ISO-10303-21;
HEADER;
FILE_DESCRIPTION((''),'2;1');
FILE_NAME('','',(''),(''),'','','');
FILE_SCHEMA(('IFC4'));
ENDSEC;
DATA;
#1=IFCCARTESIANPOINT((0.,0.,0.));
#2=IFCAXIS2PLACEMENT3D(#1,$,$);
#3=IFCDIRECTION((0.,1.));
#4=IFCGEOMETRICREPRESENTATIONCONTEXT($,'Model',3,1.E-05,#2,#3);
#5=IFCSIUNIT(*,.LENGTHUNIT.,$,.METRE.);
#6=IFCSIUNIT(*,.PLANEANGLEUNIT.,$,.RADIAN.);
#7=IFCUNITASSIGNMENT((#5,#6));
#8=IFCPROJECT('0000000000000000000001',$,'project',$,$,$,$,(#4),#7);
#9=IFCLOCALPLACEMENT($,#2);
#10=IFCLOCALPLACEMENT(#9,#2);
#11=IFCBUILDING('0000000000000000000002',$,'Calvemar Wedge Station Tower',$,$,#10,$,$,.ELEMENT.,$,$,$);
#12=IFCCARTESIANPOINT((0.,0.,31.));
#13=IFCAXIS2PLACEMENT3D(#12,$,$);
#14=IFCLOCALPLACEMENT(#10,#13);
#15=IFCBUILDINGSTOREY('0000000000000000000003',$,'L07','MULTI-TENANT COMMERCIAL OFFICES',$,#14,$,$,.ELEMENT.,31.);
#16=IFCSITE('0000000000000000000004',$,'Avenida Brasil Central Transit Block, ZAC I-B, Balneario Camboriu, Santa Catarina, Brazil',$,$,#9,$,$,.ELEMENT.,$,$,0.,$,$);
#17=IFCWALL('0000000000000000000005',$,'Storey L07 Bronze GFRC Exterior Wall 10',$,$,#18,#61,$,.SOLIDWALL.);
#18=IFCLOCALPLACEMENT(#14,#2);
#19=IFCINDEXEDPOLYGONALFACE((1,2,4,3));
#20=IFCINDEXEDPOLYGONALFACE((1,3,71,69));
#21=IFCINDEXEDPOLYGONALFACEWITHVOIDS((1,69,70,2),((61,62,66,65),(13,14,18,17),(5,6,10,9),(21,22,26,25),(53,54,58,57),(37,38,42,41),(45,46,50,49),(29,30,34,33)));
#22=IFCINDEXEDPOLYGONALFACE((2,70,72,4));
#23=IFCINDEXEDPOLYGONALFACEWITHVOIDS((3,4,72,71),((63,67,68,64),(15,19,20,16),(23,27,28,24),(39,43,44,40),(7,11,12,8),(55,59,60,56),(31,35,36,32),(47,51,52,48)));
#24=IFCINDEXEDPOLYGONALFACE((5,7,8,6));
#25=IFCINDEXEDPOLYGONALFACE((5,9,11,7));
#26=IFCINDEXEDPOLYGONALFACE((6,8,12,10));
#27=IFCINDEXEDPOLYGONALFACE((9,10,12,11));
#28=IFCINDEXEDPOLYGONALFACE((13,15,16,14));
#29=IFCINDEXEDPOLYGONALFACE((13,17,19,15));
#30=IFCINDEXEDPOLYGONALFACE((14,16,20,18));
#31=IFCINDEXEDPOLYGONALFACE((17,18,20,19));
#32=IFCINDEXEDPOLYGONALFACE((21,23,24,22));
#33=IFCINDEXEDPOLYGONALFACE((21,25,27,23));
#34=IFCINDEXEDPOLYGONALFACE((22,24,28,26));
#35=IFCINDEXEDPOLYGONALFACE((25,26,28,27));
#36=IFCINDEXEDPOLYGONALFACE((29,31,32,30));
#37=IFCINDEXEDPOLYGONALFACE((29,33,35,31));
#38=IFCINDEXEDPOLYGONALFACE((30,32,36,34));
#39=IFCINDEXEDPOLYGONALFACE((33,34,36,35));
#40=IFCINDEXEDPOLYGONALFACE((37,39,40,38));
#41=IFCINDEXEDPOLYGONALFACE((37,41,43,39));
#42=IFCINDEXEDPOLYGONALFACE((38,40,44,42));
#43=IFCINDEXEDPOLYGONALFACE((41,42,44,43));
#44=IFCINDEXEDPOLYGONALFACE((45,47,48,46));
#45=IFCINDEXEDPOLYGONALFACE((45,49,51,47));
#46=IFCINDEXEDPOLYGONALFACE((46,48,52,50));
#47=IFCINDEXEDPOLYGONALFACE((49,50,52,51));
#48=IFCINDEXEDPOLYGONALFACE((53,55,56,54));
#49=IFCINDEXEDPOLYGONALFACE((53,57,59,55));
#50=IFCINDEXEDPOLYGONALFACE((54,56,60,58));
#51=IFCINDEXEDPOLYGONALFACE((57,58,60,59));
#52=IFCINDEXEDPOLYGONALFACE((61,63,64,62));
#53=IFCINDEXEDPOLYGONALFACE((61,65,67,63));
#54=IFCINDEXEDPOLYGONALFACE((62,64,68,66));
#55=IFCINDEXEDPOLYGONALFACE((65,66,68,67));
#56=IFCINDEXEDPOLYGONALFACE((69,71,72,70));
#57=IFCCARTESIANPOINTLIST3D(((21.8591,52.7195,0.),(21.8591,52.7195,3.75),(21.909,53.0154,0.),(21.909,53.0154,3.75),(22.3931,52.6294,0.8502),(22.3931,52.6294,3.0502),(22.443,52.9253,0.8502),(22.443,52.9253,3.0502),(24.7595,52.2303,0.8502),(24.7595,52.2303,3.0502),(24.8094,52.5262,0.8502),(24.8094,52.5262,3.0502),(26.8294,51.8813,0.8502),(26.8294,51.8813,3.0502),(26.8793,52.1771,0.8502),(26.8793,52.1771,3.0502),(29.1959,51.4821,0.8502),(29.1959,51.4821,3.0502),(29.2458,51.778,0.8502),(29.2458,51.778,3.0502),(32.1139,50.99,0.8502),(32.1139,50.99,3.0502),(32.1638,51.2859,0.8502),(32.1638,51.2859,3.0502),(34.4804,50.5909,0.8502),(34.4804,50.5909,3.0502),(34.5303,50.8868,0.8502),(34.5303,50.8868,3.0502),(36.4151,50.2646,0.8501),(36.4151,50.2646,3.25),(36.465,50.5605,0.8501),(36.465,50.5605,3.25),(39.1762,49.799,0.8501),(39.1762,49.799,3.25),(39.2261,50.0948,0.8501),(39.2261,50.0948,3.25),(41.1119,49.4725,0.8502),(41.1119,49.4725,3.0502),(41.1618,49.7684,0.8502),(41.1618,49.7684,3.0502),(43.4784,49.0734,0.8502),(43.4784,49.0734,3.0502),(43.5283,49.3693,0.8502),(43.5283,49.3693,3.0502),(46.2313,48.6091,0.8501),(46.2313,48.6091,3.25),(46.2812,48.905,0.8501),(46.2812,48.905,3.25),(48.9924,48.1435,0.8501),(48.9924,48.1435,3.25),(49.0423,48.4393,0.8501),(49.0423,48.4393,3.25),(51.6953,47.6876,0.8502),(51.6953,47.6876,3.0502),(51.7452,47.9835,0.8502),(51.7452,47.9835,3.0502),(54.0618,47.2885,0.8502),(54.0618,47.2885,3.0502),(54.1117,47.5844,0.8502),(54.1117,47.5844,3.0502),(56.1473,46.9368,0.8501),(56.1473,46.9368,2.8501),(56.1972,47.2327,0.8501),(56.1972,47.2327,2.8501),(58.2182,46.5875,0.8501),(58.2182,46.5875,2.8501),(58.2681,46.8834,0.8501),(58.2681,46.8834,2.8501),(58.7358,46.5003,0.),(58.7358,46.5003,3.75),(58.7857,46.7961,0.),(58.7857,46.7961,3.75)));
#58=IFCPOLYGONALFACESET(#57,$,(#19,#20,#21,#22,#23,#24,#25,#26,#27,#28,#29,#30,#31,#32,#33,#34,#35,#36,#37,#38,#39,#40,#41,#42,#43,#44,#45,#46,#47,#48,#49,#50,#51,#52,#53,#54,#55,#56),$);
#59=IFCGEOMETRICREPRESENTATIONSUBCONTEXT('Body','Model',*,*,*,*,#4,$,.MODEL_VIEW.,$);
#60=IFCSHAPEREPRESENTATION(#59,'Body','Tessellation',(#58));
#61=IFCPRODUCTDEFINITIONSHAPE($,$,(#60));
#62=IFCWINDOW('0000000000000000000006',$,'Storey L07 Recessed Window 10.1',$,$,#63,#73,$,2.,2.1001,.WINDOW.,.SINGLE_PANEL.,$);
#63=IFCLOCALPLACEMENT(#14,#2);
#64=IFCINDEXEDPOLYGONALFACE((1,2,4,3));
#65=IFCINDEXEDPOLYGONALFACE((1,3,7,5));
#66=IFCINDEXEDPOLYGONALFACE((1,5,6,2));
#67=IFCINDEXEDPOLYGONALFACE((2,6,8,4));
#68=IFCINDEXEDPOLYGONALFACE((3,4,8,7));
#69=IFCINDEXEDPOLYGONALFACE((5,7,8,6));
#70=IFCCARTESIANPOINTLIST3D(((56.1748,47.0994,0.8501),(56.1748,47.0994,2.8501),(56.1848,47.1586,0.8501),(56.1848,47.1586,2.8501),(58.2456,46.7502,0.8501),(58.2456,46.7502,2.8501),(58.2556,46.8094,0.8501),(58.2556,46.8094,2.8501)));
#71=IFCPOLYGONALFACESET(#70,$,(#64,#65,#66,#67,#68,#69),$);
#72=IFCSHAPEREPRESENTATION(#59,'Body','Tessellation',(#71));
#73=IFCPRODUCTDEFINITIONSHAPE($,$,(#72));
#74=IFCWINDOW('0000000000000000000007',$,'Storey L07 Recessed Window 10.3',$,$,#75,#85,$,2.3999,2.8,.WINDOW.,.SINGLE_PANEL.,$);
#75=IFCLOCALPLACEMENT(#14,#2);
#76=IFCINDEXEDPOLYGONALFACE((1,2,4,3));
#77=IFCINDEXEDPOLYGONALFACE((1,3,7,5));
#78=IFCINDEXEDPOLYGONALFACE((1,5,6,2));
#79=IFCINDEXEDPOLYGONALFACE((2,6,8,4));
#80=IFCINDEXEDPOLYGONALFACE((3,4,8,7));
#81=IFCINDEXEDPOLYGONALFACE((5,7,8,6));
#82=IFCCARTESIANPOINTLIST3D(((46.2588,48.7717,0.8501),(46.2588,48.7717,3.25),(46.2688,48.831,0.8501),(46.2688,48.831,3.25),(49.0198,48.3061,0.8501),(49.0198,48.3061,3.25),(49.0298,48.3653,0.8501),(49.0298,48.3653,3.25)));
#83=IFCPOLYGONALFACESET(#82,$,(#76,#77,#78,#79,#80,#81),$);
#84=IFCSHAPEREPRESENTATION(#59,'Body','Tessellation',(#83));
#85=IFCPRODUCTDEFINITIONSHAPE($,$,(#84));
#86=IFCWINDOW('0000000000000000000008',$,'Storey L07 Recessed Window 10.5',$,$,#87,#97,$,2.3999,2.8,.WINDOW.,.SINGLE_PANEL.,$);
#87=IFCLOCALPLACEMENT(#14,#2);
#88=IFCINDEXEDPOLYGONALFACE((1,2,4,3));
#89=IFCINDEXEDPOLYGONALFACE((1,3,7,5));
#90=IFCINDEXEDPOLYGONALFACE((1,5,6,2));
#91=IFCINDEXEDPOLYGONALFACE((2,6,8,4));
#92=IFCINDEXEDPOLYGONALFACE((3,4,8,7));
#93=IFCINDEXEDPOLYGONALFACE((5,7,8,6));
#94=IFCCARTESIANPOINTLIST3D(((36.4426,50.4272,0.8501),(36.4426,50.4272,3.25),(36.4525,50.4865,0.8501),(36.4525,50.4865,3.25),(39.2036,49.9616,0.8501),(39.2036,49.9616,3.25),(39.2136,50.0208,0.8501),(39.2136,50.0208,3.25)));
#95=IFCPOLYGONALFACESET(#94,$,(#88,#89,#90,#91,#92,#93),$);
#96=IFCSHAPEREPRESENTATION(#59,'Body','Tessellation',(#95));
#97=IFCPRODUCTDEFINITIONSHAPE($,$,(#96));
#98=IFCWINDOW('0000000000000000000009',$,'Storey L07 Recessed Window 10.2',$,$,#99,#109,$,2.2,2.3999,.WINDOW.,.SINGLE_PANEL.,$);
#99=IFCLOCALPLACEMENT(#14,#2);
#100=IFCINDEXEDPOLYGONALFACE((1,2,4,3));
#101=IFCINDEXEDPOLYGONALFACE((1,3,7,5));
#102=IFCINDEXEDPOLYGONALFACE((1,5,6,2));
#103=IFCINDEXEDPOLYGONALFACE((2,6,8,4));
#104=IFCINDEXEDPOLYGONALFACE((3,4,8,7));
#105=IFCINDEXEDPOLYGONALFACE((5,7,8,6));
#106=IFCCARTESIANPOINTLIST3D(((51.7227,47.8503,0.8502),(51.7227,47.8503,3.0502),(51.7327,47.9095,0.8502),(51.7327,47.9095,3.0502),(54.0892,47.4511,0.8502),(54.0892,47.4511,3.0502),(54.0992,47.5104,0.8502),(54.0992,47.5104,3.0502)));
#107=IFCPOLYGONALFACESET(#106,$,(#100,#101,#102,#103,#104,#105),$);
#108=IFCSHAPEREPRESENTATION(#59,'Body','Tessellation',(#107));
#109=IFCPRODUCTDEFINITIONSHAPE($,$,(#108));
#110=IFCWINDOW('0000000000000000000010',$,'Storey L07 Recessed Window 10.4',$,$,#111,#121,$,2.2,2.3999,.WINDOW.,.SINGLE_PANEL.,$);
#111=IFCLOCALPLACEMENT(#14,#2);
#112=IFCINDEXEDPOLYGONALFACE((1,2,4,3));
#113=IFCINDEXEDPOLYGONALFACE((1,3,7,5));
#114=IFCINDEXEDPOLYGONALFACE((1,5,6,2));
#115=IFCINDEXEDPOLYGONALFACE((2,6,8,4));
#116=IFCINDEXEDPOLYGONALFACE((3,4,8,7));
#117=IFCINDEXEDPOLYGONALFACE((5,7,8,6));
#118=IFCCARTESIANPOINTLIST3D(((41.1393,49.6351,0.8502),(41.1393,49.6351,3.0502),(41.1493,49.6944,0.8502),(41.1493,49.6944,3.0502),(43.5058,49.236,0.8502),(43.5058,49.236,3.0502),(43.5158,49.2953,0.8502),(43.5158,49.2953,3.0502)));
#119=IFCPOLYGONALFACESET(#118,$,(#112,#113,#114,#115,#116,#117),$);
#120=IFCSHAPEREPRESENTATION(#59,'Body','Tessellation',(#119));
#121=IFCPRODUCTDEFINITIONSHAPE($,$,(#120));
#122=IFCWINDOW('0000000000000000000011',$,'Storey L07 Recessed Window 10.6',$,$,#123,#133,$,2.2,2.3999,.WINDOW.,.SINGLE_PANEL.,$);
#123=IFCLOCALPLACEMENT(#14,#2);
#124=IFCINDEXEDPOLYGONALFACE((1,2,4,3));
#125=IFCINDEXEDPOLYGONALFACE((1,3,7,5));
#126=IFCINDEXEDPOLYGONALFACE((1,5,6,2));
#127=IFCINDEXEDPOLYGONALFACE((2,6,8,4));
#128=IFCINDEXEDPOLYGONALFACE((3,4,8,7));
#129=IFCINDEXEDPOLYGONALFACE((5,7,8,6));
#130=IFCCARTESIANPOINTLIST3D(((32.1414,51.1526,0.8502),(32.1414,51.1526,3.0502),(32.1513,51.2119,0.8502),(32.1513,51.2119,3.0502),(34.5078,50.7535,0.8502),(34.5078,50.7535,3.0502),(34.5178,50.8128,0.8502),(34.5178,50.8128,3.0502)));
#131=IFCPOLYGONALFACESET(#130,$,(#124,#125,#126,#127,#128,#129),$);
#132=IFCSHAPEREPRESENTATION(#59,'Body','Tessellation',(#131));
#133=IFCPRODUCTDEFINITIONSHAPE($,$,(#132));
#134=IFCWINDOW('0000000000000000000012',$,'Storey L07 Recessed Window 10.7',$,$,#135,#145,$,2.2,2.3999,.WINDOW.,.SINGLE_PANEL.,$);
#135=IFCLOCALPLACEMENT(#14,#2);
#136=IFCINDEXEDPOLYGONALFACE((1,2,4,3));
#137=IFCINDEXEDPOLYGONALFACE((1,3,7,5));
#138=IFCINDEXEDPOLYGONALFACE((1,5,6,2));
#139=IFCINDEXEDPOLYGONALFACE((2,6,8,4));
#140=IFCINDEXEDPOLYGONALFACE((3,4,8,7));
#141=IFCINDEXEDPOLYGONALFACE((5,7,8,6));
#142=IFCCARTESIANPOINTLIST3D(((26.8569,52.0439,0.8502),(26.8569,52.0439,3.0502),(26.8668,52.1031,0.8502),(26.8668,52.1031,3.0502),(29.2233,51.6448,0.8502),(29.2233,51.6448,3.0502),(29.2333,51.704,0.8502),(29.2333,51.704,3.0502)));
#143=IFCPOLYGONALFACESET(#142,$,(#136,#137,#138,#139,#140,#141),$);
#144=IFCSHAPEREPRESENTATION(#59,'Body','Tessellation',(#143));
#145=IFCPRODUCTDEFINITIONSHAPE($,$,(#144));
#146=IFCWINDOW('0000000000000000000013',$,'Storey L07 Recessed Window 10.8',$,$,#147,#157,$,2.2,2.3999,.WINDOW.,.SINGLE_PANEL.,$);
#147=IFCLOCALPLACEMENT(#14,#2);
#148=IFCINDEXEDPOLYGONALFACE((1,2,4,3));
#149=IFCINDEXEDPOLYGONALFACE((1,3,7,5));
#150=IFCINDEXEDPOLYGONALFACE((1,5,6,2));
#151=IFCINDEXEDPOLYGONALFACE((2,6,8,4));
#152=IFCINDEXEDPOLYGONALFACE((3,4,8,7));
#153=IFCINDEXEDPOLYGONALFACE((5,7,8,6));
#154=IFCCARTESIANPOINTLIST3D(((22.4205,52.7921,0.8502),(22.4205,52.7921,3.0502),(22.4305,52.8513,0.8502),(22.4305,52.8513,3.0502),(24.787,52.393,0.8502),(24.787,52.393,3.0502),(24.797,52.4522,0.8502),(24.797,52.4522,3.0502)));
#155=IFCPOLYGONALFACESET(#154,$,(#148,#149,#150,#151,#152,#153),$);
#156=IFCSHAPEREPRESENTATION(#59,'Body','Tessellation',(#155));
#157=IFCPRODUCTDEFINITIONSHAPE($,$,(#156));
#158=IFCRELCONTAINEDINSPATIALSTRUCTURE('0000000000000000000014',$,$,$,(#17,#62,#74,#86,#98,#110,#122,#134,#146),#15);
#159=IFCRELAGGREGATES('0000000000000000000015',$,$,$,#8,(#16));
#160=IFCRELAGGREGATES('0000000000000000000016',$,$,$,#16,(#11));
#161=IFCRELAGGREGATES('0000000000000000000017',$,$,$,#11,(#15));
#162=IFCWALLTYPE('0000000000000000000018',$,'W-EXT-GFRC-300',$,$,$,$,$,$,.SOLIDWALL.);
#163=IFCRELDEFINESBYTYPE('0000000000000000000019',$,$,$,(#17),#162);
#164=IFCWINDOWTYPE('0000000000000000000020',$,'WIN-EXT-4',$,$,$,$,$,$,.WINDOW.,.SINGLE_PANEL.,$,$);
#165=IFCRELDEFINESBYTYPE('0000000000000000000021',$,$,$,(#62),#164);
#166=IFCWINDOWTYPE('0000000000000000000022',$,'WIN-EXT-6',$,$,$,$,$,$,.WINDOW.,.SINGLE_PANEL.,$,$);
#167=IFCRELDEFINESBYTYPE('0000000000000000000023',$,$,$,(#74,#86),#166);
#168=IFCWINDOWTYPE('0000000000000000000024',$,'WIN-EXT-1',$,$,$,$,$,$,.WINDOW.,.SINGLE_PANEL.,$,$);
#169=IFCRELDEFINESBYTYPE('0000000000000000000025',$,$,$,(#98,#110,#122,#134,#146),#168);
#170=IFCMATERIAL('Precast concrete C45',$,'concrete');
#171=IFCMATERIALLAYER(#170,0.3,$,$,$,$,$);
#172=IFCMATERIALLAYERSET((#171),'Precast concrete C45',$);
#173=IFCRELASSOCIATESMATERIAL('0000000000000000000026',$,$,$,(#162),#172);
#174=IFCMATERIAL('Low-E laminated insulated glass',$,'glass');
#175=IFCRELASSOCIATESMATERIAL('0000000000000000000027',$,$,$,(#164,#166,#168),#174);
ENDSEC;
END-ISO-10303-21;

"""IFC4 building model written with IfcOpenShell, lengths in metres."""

from ifc_helpers import new_model, si_unit, direction, frame, frame_2d, origin, place, context, subcontext, project, spatial, rectangle, extrude, source, transform, mapped, material, layer, layer_set, type_object, element, fill, save


model = new_model("IFC4")

# Units and contexts
model_context = context("Model", 3, precision=1e-05, world=origin(), true_north=direction((0.0, 1.0)))
body_context = subcontext(model_context, "Body", "Model", "MODEL_VIEW")
ifc_project = project(units=[si_unit("LENGTHUNIT", "METRE"), si_unit("PLANEANGLEUNIT", "RADIAN")], contexts=[model_context])

# Site, building, storey
site_placement = place(None, origin())
site = spatial("IfcSite", under=ifc_project, at=site_placement, Name="Avenida Brasil Central Transit Block, ZAC I-B, Balneario Camboriu, Santa Catarina, Brazil", CompositionType="ELEMENT", RefElevation=0.0)
building_placement = place(site_placement, origin())
building = spatial("IfcBuilding", under=site, at=building_placement, Name="Calvemar Wedge Station Tower", CompositionType="ELEMENT")
storey_placement = place(building_placement, frame((0.0, 0.0, 31.0)))
storey = spatial("IfcBuildingStorey", under=building, at=storey_placement, Name="L07", Description="MULTI-TENANT COMMERCIAL OFFICES", CompositionType="ELEMENT", Elevation=31.0)

# Shared definitions
ifc_material_1 = material(Name="Precast concrete C45", Category="concrete")
ifc_layer_1 = layer(ifc_material_1, 0.3)
ifc_layer_set_1 = layer_set([ifc_layer_1], Name="Precast concrete C45")
wall_type_1 = type_object("IfcWallType", Name="W-EXT-GFRC-300", PredefinedType="SOLIDWALL", material=ifc_layer_set_1)
ifc_material_2 = material(Name="Low-E laminated insulated glass", Category="glass")

# Wall, openings, windows
wall_1_placement = place(storey_placement, frame((58.7607, 46.6482, 0.0), z_axis=(0.0, 0.0, 1.0), x_axis=(-0.986075, 0.166301, 0.0)))
wall_1 = element("IfcWall", 1, at=wall_1_placement, inside=storey, type_object=wall_type_1, Name="Storey L07 Bronze GFRC Exterior Wall 10", PredefinedType="SOLIDWALL", context=body_context, shape_type="SweptSolid", body=[
    extrude(rectangle(XDim=37.3975, YDim=0.3, at=frame_2d((18.6987, 0.0))), origin(), (0.0, 0.0, 1.0), 3.75),
])
shared_shape_1 = source(origin(), body_context, "Body", "SweptSolid", [
    extrude(rectangle(XDim=2.1001, YDim=2.0, at=frame_2d((1.05, 1.0))), frame((0.0, 0.1602, 0.0), z_axis=(0.0, -1.0, 0.0), x_axis=(1.0, 0.0, 0.0)), (0.0, 0.0, 1.0), 0.3201),
])
opening_1_placement = place(wall_1_placement, frame((0.5249, 0.0, 0.8501)))
opening_1 = element("IfcOpeningElement", 2, at=opening_1_placement, cuts=wall_1, PredefinedType="OPENING", context=body_context, shape_type="MappedRepresentation", body=[
    mapped(shared_shape_1, transform((0.0, 0.0, 0.0), scale=1.0)),
])
shared_shape_2 = source(origin(), body_context, "Body", "SweptSolid", [
    extrude(rectangle(XDim=2.3999, YDim=2.2, at=frame_2d((1.2, 1.1001))), frame((0.0, 0.1602, 0.0), z_axis=(0.0, -1.0, 0.0), x_axis=(1.0, 0.0, 0.0)), (0.0, 0.0, 1.0), 0.3201),
])
opening_2_placement = place(wall_1_placement, frame((4.74, 0.0, 0.8501)))
opening_2 = element("IfcOpeningElement", 3, at=opening_2_placement, cuts=wall_1, PredefinedType="OPENING", context=body_context, shape_type="MappedRepresentation", body=[
    mapped(shared_shape_2, transform((0.0, 0.0, 0.0), scale=1.0)),
])
shared_shape_3 = source(origin(), body_context, "Body", "SweptSolid", [
    extrude(rectangle(XDim=2.8, YDim=2.3999, at=frame_2d((1.3999, 1.2))), frame((0.0, 0.1602, 0.0), z_axis=(0.0, -1.0, 0.0), x_axis=(1.0, 0.0, 0.0)), (0.0, 0.0, 1.0), 0.3201),
])
opening_3_placement = place(wall_1_placement, frame((9.8811, 0.0, 0.8501)))
opening_3 = element("IfcOpeningElement", 4, at=opening_3_placement, cuts=wall_1, PredefinedType="OPENING", context=body_context, shape_type="MappedRepresentation", body=[
    mapped(shared_shape_3, transform((0.0, 0.0, 0.0), scale=1.0)),
])
opening_4_placement = place(wall_1_placement, frame((15.4729, 0.0, 0.8501)))
opening_4 = element("IfcOpeningElement", 5, at=opening_4_placement, cuts=wall_1, PredefinedType="OPENING", context=body_context, shape_type="MappedRepresentation", body=[
    mapped(shared_shape_2, transform((0.0, 0.0, 0.0), scale=1.0)),
])
opening_5_placement = place(wall_1_placement, frame((19.8359, 0.0, 0.8501)))
opening_5 = element("IfcOpeningElement", 6, at=opening_5_placement, cuts=wall_1, PredefinedType="OPENING", context=body_context, shape_type="MappedRepresentation", body=[
    mapped(shared_shape_3, transform((0.0, 0.0, 0.0), scale=1.0)),
])
opening_6_placement = place(wall_1_placement, frame((24.5979, 0.0, 0.8501)))
opening_6 = element("IfcOpeningElement", 7, at=opening_6_placement, cuts=wall_1, PredefinedType="OPENING", context=body_context, shape_type="MappedRepresentation", body=[
    mapped(shared_shape_2, transform((0.0, 0.0, 0.0), scale=1.0)),
])
opening_7_placement = place(wall_1_placement, frame((29.957, 0.0, 0.8501)))
opening_7 = element("IfcOpeningElement", 8, at=opening_7_placement, cuts=wall_1, PredefinedType="OPENING", context=body_context, shape_type="MappedRepresentation", body=[
    mapped(shared_shape_2, transform((0.0, 0.0, 0.0), scale=1.0)),
])
opening_8_placement = place(wall_1_placement, frame((34.4561, 0.0, 0.8501)))
opening_8 = element("IfcOpeningElement", 9, at=opening_8_placement, cuts=wall_1, PredefinedType="OPENING", context=body_context, shape_type="MappedRepresentation", body=[
    mapped(shared_shape_2, transform((0.0, 0.0, 0.0), scale=1.0)),
])
window_type_1 = type_object("IfcWindowType", Name="WIN-EXT-4", PartitioningType="SINGLE_PANEL", PredefinedType="WINDOW", material=ifc_material_2)
shared_shape_4 = source(origin(), body_context, "Body", "SweptSolid", [
    extrude(rectangle(XDim=2.1001, YDim=2.0, at=frame_2d((1.05, 1.0))), frame((0.0, -0.0149, 0.0), z_axis=(0.0, -1.0, 0.0), x_axis=(1.0, 0.0, 0.0)), (0.0, 0.0, 1.0), 0.0601),
])
window_1_placement = place(opening_1_placement, origin())
window_1 = element("IfcWindow", 10, at=window_1_placement, inside=storey, type_object=window_type_1, Name="Storey L07 Recessed Window 10.1", OverallHeight=2.0, OverallWidth=2.1001, PartitioningType="SINGLE_PANEL", PredefinedType="WINDOW", context=body_context, shape_type="MappedRepresentation", body=[
    mapped(shared_shape_4, transform((0.0, 0.0, 0.0), scale=1.0)),
])
fill(opening_1, window_1)
window_type_2 = type_object("IfcWindowType", Name="WIN-EXT-6", PartitioningType="SINGLE_PANEL", PredefinedType="WINDOW", material=ifc_material_2)
shared_shape_5 = source(origin(), body_context, "Body", "SweptSolid", [
    extrude(rectangle(XDim=2.8, YDim=2.3999, at=frame_2d((1.3999, 1.2))), frame((0.0, -0.0149, 0.0), z_axis=(0.0, -1.0, 0.0), x_axis=(1.0, 0.0, 0.0)), (0.0, 0.0, 1.0), 0.0601),
])
window_2_placement = place(opening_3_placement, origin())
window_2 = element("IfcWindow", 11, at=window_2_placement, inside=storey, type_object=window_type_2, Name="Storey L07 Recessed Window 10.3", OverallHeight=2.3999, OverallWidth=2.8, PartitioningType="SINGLE_PANEL", PredefinedType="WINDOW", context=body_context, shape_type="MappedRepresentation", body=[
    mapped(shared_shape_5, transform((0.0, 0.0, 0.0), scale=1.0)),
])
fill(opening_3, window_2)
window_3_placement = place(opening_5_placement, origin())
window_3 = element("IfcWindow", 12, at=window_3_placement, inside=storey, type_object=window_type_2, Name="Storey L07 Recessed Window 10.5", OverallHeight=2.3999, OverallWidth=2.8, PartitioningType="SINGLE_PANEL", PredefinedType="WINDOW", context=body_context, shape_type="MappedRepresentation", body=[
    mapped(shared_shape_5, transform((0.0, 0.0, 0.0), scale=1.0)),
])
fill(opening_5, window_3)
window_type_3 = type_object("IfcWindowType", Name="WIN-EXT-1", PartitioningType="SINGLE_PANEL", PredefinedType="WINDOW", material=ifc_material_2)
shared_shape_6 = source(origin(), body_context, "Body", "SweptSolid", [
    extrude(rectangle(XDim=2.3999, YDim=2.2, at=frame_2d((1.2, 1.1001))), frame((0.0, -0.0149, 0.0), z_axis=(0.0, -1.0, 0.0), x_axis=(1.0, 0.0, 0.0)), (0.0, 0.0, 1.0), 0.0601),
])
window_4_placement = place(opening_2_placement, origin())
window_4 = element("IfcWindow", 13, at=window_4_placement, inside=storey, type_object=window_type_3, Name="Storey L07 Recessed Window 10.2", OverallHeight=2.2, OverallWidth=2.3999, PartitioningType="SINGLE_PANEL", PredefinedType="WINDOW", context=body_context, shape_type="MappedRepresentation", body=[
    mapped(shared_shape_6, transform((0.0, 0.0, 0.0), scale=1.0)),
])
fill(opening_2, window_4)
window_5_placement = place(opening_4_placement, origin())
window_5 = element("IfcWindow", 14, at=window_5_placement, inside=storey, type_object=window_type_3, Name="Storey L07 Recessed Window 10.4", OverallHeight=2.2, OverallWidth=2.3999, PartitioningType="SINGLE_PANEL", PredefinedType="WINDOW", context=body_context, shape_type="MappedRepresentation", body=[
    mapped(shared_shape_6, transform((0.0, 0.0, 0.0), scale=1.0)),
])
fill(opening_4, window_5)
window_6_placement = place(opening_6_placement, origin())
window_6 = element("IfcWindow", 15, at=window_6_placement, inside=storey, type_object=window_type_3, Name="Storey L07 Recessed Window 10.6", OverallHeight=2.2, OverallWidth=2.3999, PartitioningType="SINGLE_PANEL", PredefinedType="WINDOW", context=body_context, shape_type="MappedRepresentation", body=[
    mapped(shared_shape_6, transform((0.0, 0.0, 0.0), scale=1.0)),
])
fill(opening_6, window_6)
window_7_placement = place(opening_7_placement, origin())
window_7 = element("IfcWindow", 16, at=window_7_placement, inside=storey, type_object=window_type_3, Name="Storey L07 Recessed Window 10.7", OverallHeight=2.2, OverallWidth=2.3999, PartitioningType="SINGLE_PANEL", PredefinedType="WINDOW", context=body_context, shape_type="MappedRepresentation", body=[
    mapped(shared_shape_6, transform((0.0, 0.0, 0.0), scale=1.0)),
])
fill(opening_7, window_7)
window_8_placement = place(opening_8_placement, origin())
window_8 = element("IfcWindow", 17, at=window_8_placement, inside=storey, type_object=window_type_3, Name="Storey L07 Recessed Window 10.8", OverallHeight=2.2, OverallWidth=2.3999, PartitioningType="SINGLE_PANEL", PredefinedType="WINDOW", context=body_context, shape_type="MappedRepresentation", body=[
    mapped(shared_shape_6, transform((0.0, 0.0, 0.0), scale=1.0)),
])
fill(opening_8, window_8)

save(model, "model.ifc")
